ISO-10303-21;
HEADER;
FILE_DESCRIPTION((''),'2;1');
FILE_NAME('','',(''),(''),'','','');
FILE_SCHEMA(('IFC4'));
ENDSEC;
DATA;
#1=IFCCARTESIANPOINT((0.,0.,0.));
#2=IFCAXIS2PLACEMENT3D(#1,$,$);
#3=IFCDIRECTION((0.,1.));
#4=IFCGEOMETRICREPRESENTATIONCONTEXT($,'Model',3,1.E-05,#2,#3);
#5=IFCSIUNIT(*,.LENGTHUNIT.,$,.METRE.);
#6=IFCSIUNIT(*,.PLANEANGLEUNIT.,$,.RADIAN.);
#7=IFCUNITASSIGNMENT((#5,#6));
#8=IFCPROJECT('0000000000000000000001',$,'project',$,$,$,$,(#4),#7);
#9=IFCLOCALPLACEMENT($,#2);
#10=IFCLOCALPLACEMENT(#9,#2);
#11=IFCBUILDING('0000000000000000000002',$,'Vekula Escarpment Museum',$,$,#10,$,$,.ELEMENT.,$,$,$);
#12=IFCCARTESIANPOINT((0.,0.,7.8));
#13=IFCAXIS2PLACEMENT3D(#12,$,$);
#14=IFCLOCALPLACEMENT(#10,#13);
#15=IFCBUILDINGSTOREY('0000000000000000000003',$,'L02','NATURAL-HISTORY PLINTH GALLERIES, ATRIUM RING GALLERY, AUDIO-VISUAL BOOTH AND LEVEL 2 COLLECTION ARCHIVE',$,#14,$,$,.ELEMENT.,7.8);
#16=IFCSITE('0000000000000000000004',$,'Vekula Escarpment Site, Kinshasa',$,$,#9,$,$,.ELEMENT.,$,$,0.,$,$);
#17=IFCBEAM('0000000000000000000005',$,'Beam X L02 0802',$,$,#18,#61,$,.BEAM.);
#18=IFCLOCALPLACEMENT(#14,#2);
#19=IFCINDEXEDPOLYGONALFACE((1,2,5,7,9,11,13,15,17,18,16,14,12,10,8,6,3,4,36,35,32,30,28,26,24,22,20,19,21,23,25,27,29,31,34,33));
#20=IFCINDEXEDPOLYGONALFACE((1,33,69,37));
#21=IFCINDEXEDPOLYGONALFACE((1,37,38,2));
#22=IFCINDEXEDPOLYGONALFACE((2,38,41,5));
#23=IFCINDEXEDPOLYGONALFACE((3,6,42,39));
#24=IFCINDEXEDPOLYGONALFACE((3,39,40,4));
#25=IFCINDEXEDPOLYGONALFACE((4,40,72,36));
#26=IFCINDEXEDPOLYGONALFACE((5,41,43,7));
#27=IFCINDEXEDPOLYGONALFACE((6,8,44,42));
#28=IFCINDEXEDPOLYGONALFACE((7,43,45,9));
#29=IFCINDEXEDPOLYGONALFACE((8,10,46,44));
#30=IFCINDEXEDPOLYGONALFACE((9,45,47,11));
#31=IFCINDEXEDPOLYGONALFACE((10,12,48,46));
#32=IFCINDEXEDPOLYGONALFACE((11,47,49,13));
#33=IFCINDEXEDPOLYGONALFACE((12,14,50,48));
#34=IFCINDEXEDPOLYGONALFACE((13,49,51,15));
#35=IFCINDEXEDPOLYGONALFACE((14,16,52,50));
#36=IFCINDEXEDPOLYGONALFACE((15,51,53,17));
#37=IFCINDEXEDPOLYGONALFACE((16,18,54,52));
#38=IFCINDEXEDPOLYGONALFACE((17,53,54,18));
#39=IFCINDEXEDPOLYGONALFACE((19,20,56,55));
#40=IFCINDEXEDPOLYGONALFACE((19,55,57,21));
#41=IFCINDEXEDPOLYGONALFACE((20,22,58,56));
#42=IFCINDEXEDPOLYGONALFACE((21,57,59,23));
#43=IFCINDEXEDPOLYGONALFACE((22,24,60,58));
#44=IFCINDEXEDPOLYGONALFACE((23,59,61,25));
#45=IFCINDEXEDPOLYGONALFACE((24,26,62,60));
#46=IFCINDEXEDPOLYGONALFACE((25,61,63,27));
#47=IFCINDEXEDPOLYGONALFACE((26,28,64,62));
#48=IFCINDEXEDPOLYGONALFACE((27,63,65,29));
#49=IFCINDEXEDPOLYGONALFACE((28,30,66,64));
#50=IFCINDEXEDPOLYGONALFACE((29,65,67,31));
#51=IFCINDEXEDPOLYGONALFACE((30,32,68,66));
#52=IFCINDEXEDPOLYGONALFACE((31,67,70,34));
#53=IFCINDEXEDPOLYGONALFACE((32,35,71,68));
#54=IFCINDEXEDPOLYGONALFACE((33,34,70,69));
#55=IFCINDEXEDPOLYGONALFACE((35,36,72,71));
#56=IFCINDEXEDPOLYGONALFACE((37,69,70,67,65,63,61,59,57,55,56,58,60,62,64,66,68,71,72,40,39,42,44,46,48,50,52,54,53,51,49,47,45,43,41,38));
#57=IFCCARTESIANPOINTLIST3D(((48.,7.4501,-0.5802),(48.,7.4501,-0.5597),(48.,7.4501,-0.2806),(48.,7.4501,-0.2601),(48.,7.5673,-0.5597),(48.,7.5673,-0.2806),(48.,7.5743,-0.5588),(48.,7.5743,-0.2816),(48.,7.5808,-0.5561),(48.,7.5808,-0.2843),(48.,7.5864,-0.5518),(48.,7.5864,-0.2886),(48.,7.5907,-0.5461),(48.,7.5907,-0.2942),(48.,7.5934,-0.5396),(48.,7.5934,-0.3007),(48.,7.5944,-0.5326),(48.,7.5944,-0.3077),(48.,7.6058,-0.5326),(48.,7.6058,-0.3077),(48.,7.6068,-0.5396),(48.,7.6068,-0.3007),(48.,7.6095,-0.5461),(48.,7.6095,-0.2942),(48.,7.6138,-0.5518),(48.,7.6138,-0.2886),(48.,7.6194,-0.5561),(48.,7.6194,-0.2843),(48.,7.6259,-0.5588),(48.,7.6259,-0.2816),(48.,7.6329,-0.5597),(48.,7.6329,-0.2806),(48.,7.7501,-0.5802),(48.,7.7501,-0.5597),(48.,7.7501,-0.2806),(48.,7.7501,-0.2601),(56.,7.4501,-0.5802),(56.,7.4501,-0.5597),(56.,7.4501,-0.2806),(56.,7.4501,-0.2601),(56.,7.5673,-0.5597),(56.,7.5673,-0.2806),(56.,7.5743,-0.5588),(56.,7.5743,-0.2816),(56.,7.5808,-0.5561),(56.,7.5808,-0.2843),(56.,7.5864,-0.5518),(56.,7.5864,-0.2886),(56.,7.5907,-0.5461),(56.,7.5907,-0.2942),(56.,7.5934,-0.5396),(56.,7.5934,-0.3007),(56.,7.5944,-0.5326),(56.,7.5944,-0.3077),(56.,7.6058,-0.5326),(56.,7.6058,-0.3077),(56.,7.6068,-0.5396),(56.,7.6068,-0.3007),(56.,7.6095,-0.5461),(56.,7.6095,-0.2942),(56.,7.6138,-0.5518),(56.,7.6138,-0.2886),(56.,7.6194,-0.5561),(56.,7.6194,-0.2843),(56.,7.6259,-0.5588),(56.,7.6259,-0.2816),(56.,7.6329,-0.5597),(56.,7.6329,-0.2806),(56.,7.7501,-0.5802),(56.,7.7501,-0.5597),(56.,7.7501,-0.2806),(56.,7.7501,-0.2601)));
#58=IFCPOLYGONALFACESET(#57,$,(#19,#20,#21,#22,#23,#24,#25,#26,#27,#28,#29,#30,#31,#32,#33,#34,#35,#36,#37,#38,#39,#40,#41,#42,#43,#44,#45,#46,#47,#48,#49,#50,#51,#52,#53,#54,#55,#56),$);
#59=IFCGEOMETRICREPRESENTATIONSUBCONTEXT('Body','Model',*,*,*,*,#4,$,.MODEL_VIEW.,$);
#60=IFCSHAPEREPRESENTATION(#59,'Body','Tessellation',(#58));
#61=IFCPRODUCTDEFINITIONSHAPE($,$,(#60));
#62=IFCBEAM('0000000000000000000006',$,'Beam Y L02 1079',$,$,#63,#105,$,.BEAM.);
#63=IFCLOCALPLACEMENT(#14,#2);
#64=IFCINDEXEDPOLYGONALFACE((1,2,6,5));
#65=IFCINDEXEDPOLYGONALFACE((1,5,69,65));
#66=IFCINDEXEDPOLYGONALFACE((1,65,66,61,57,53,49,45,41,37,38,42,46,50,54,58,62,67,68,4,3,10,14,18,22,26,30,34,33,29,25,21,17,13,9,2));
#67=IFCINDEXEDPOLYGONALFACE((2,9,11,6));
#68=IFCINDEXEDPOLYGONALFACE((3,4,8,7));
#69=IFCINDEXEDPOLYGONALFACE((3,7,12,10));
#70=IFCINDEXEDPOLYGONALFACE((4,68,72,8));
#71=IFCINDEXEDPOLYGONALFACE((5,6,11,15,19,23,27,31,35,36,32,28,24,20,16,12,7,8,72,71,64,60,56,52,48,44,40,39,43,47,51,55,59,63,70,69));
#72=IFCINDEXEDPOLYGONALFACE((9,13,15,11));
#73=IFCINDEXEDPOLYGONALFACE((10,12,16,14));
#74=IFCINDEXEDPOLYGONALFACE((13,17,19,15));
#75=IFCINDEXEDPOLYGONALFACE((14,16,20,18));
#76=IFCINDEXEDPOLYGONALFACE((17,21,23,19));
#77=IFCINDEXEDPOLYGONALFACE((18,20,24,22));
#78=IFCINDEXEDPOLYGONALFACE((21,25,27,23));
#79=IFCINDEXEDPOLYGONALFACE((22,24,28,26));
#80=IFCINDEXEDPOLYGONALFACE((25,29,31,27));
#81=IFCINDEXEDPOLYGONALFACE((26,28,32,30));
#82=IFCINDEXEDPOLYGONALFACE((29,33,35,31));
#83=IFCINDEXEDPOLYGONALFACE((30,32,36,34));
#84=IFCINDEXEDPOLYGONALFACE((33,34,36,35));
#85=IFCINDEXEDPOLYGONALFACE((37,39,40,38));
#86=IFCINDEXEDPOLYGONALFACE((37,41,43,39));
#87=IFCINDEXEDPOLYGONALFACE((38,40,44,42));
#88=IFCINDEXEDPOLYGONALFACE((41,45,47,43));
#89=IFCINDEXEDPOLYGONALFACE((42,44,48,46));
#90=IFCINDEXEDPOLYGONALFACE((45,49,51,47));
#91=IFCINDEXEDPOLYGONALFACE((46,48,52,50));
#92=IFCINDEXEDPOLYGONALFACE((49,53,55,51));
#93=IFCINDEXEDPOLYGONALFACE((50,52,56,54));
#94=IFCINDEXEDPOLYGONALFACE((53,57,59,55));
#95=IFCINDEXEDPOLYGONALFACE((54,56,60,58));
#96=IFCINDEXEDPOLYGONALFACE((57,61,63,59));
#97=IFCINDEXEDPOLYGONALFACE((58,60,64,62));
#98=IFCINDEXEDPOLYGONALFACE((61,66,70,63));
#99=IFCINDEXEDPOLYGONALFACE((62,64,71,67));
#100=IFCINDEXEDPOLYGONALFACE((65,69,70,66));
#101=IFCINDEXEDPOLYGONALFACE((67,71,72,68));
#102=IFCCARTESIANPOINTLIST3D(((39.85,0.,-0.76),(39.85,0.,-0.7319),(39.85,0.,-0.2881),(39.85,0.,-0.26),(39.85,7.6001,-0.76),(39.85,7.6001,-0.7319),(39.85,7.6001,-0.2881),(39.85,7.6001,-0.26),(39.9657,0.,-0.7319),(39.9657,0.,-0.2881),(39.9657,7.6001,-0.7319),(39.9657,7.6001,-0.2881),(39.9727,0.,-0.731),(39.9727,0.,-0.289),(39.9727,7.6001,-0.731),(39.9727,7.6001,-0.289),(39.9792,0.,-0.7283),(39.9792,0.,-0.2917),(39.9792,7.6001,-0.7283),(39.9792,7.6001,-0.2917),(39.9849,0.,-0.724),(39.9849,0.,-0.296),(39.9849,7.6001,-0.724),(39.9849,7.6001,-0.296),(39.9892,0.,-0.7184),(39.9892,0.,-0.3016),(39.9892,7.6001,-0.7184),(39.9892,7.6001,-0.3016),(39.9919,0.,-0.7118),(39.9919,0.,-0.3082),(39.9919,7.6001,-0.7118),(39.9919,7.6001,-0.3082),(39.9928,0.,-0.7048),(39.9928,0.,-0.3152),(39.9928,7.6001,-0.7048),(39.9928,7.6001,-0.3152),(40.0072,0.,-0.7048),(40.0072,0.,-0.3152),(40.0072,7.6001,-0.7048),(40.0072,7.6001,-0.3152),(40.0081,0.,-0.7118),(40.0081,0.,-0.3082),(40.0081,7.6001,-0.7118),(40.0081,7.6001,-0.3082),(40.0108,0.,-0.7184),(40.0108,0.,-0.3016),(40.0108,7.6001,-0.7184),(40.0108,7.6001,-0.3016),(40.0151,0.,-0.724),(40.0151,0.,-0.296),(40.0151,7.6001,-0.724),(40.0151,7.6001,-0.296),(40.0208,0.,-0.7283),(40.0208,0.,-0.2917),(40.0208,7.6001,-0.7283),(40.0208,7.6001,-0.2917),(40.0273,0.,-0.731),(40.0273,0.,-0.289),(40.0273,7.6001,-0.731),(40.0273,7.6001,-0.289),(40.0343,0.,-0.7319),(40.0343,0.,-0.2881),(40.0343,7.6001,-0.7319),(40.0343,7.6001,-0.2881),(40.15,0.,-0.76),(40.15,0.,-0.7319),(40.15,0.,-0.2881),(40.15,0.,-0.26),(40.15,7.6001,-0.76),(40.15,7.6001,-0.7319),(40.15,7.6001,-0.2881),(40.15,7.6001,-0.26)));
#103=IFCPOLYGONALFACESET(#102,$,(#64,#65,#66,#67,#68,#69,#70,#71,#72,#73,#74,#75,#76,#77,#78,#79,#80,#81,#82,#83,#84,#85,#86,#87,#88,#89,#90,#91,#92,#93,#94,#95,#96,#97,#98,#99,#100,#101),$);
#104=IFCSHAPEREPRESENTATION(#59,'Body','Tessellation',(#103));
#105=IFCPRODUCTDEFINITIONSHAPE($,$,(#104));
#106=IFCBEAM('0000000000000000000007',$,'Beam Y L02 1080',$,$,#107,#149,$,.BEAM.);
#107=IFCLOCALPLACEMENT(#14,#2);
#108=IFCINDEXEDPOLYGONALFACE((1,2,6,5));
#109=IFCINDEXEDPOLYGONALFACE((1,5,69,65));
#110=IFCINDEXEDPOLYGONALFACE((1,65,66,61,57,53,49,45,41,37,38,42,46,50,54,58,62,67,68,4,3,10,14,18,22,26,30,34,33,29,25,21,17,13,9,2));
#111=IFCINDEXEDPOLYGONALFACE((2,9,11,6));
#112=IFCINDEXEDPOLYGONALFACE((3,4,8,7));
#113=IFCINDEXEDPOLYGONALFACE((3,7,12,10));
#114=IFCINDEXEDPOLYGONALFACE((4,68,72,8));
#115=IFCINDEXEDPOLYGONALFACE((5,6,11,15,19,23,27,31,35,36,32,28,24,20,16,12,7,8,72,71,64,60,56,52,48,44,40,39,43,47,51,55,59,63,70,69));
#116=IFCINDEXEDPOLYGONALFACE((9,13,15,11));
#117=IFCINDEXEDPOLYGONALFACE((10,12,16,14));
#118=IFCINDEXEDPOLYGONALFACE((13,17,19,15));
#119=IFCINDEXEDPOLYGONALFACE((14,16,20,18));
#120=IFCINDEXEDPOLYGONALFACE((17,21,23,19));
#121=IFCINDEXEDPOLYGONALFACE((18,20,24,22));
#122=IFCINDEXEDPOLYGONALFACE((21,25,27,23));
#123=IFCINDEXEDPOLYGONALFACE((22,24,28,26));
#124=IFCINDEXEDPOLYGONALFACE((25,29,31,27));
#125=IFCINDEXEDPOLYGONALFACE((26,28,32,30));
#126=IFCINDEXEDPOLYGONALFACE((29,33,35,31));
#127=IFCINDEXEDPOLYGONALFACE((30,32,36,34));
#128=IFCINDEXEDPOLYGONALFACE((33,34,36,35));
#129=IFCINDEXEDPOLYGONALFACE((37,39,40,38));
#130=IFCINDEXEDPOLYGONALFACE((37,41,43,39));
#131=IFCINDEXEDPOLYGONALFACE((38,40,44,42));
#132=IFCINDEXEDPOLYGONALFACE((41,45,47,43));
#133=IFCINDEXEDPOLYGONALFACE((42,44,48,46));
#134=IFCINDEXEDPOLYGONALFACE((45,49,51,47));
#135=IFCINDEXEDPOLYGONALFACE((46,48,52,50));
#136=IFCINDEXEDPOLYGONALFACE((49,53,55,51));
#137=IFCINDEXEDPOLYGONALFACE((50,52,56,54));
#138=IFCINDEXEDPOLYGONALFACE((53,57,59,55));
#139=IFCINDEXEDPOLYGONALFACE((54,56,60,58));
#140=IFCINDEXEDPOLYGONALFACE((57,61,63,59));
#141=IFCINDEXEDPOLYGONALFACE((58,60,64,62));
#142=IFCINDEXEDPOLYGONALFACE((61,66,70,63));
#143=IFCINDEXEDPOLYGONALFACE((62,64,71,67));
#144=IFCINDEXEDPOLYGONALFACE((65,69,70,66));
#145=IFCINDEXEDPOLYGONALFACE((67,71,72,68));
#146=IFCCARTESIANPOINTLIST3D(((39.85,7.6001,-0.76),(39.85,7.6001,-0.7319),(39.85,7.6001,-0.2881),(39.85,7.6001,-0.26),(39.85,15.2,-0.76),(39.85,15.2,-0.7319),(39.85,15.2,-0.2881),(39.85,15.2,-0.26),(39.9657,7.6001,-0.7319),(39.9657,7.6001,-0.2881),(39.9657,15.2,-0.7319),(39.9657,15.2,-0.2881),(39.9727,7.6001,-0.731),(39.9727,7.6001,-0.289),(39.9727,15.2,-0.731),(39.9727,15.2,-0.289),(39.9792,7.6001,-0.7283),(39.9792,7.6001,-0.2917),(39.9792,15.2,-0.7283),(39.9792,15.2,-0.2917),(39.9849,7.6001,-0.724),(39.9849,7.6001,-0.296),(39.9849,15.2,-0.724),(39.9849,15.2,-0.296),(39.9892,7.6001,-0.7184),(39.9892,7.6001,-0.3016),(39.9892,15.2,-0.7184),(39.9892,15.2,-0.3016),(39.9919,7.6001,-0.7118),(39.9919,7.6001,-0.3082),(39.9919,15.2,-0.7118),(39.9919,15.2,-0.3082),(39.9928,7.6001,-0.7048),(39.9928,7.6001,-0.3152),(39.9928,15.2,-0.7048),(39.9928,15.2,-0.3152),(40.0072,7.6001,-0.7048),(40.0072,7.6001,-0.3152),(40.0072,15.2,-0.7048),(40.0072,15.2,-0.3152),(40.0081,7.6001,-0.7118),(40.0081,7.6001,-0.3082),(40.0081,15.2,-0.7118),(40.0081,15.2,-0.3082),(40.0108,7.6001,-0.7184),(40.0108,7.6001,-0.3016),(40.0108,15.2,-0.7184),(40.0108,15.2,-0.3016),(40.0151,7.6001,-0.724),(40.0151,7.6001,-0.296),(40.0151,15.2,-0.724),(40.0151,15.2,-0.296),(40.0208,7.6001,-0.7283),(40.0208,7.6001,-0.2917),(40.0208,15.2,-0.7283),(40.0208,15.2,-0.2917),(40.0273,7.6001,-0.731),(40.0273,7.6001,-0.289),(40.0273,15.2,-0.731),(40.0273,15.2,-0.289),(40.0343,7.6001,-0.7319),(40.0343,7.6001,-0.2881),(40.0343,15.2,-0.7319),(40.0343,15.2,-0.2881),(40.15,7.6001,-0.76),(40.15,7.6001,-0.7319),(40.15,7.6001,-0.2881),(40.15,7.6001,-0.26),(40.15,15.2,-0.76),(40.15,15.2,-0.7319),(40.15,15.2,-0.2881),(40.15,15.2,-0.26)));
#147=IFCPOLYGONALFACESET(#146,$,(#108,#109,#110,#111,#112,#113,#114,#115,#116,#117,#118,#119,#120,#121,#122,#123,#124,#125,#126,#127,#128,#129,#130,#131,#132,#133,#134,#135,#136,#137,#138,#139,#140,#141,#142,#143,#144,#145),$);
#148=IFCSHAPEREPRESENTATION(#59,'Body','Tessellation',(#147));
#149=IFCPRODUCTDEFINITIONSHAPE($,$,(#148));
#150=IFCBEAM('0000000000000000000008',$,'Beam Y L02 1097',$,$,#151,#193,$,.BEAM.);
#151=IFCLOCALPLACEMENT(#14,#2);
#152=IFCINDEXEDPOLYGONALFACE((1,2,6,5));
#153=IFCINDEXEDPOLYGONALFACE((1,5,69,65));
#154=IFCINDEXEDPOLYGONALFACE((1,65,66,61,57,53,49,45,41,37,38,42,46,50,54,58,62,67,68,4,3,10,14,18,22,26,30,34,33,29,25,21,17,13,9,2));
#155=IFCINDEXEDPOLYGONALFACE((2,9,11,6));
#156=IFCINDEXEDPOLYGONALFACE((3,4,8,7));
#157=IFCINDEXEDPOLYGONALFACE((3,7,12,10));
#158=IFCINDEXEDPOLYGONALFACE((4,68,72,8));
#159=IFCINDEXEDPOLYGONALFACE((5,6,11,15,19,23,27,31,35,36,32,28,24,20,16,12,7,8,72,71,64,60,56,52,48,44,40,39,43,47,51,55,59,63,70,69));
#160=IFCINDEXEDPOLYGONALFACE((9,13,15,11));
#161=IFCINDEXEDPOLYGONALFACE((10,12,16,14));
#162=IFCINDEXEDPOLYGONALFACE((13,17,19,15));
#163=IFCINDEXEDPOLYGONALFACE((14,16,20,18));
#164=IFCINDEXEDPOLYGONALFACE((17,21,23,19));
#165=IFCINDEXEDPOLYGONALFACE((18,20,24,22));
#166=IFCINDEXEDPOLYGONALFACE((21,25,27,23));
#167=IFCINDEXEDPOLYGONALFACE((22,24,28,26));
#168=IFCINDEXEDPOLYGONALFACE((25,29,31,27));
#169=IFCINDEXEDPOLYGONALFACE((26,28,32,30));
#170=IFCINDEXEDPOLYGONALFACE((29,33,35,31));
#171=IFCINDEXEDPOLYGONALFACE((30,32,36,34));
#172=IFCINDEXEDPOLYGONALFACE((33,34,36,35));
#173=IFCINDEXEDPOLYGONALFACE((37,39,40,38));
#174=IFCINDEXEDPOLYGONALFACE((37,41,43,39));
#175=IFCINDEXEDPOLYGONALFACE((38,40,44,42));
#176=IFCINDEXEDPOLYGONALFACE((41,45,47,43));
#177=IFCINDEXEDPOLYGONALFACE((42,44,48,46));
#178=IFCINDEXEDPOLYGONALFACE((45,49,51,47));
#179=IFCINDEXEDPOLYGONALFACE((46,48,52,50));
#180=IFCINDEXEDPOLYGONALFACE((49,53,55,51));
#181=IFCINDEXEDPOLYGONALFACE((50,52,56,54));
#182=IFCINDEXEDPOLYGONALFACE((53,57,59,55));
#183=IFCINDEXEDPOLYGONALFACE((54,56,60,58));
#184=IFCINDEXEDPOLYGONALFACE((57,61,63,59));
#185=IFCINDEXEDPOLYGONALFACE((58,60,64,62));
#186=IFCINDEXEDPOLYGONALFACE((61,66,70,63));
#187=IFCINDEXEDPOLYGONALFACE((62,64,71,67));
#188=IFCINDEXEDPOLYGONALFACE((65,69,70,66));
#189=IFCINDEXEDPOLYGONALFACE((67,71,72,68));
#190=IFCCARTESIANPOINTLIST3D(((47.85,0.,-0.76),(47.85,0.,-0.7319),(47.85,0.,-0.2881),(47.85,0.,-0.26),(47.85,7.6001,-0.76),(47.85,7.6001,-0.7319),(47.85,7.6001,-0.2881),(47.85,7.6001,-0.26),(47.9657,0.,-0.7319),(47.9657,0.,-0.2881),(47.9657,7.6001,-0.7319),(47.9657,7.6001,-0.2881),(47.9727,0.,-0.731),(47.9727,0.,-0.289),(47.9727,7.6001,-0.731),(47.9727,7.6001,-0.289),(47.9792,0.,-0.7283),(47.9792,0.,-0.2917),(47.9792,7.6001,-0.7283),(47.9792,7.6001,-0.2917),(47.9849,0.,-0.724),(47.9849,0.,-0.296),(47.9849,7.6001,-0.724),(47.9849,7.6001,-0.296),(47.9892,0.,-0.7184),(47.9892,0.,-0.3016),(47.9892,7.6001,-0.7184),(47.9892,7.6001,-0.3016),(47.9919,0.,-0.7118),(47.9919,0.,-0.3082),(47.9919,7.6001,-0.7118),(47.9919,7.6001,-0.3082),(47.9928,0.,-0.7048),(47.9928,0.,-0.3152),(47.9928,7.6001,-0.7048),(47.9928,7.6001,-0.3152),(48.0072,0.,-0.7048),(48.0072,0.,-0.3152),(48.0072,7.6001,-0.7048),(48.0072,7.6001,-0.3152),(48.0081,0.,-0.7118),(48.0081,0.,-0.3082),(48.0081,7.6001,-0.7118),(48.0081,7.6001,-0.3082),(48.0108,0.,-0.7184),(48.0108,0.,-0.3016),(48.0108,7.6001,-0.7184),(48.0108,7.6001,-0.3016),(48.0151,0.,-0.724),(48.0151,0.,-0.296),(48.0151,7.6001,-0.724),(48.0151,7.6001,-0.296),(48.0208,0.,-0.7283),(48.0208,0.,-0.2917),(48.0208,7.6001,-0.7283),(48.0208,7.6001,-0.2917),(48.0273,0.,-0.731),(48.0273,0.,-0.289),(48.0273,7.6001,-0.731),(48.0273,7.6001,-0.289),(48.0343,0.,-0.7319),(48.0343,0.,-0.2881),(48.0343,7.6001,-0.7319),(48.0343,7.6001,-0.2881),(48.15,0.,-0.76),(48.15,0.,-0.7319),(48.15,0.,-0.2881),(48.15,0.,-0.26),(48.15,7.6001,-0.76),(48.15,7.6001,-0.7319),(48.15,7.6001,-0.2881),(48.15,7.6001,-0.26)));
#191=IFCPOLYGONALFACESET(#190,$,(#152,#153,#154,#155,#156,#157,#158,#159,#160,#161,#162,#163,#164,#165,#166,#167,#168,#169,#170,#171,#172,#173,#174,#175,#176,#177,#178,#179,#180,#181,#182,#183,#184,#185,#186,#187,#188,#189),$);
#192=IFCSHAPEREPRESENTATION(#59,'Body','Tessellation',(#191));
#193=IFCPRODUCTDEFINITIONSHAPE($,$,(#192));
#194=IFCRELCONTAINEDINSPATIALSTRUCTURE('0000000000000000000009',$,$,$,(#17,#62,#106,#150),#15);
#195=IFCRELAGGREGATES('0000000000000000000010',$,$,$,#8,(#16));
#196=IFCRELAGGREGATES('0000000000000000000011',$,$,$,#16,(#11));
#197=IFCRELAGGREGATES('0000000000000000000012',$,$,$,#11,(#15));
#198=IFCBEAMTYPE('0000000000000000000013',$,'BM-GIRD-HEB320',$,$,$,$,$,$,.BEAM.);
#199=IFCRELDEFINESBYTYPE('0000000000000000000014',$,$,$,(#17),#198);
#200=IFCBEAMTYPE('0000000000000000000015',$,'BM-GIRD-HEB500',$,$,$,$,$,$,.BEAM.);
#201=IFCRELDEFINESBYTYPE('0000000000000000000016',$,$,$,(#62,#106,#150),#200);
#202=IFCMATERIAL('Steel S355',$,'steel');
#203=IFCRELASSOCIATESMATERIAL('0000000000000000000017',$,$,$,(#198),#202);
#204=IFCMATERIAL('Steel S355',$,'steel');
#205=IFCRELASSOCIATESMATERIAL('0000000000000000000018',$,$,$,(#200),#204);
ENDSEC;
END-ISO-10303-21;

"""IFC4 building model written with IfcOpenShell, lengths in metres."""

from ifc_helpers import new_model, si_unit, direction, frame, origin, origin_2d, place, context, subcontext, project, spatial, i_section, extrude, material, material_profile, profile_set, type_object, element, save


model = new_model("IFC4")

# Units and contexts
model_context = context("Model", 3, precision=1e-05, world=origin(), true_north=direction((0.0, 1.0)))
body_context = subcontext(model_context, "Body", "Model", "MODEL_VIEW")
ifc_project = project(units=[si_unit("LENGTHUNIT", "METRE"), si_unit("PLANEANGLEUNIT", "RADIAN")], contexts=[model_context])

# Site, building, storey
site_placement = place(None, origin())
site = spatial("IfcSite", under=ifc_project, at=site_placement, Name="Vekula Escarpment Site, Kinshasa", CompositionType="ELEMENT", RefElevation=0.0)
building_placement = place(site_placement, origin())
building = spatial("IfcBuilding", under=site, at=building_placement, Name="Vekula Escarpment Museum", CompositionType="ELEMENT")
storey_placement = place(building_placement, frame((0.0, 0.0, 7.8)))
storey = spatial("IfcBuildingStorey", under=building, at=storey_placement, Name="L02", Description="NATURAL-HISTORY PLINTH GALLERIES, ATRIUM RING GALLERY, AUDIO-VISUAL BOOTH AND LEVEL 2 COLLECTION ARCHIVE", CompositionType="ELEMENT", Elevation=7.8)

# Beams
ifc_material_1 = material(Name="Steel S355", Category="steel")
ifc_material_profile_1 = material_profile(ifc_material_1, i_section(OverallWidth=0.3, OverallDepth=0.3201, WebThickness=0.0115, FlangeThickness=0.0205, FilletRadius=0.0271, at=origin_2d()), Name="HEB 320")
ifc_profile_set_1 = profile_set([ifc_material_profile_1], Name="Steel S355")
beam_type_1 = type_object("IfcBeamType", Name="BM-GIRD-HEB320", PredefinedType="BEAM", material=ifc_profile_set_1)
beam_1_placement = place(storey_placement, frame((48.0, 7.6001, -0.4202), z_axis=(1.0, 0.0, 0.0), x_axis=(0.0, 1.0, 0.0)))
element("IfcBeam", 1, at=beam_1_placement, inside=storey, type_object=beam_type_1, Name="Beam X L02 0802", PredefinedType="BEAM", context=body_context, shape_type="SweptSolid", body=[
    extrude(i_section(OverallWidth=0.3, OverallDepth=0.3201, WebThickness=0.0115, FlangeThickness=0.0205, FilletRadius=0.0271, at=origin_2d()), origin(), (0.0, 0.0, 1.0), 8.0),
])
ifc_material_2 = material(Name="Steel S355", Category="steel")
ifc_material_profile_2 = material_profile(ifc_material_2, i_section(OverallWidth=0.3, OverallDepth=0.5, WebThickness=0.0144, FlangeThickness=0.0281, FilletRadius=0.0271, at=origin_2d()), Name="HEB 500")
ifc_profile_set_2 = profile_set([ifc_material_profile_2], Name="Steel S355")
beam_type_2 = type_object("IfcBeamType", Name="BM-GIRD-HEB500", PredefinedType="BEAM", material=ifc_profile_set_2)
beam_2_placement = place(storey_placement, frame((40.0, 0.0, -0.51), z_axis=(0.0, 1.0, 0.0), x_axis=(-1.0, 0.0, 0.0)))
element("IfcBeam", 2, at=beam_2_placement, inside=storey, type_object=beam_type_2, Name="Beam Y L02 1079", PredefinedType="BEAM", context=body_context, shape_type="SweptSolid", body=[
    extrude(i_section(OverallWidth=0.3, OverallDepth=0.5, WebThickness=0.0144, FlangeThickness=0.0281, FilletRadius=0.0271, at=origin_2d()), origin(), (0.0, 0.0, 1.0), 7.6001),
])
beam_3_placement = place(storey_placement, frame((40.0, 7.6001, -0.51), z_axis=(0.0, 1.0, 0.0), x_axis=(-1.0, 0.0, 0.0)))
element("IfcBeam", 3, at=beam_3_placement, inside=storey, type_object=beam_type_2, Name="Beam Y L02 1080", PredefinedType="BEAM", context=body_context, shape_type="SweptSolid", body=[
    extrude(i_section(OverallWidth=0.3, OverallDepth=0.5, WebThickness=0.0144, FlangeThickness=0.0281, FilletRadius=0.0271, at=origin_2d()), origin(), (0.0, 0.0, 1.0), 7.5999),
])
beam_4_placement = place(storey_placement, frame((48.0, 0.0, -0.51), z_axis=(0.0, 1.0, 0.0), x_axis=(-1.0, 0.0, 0.0)))
element("IfcBeam", 4, at=beam_4_placement, inside=storey, type_object=beam_type_2, Name="Beam Y L02 1097", PredefinedType="BEAM", context=body_context, shape_type="SweptSolid", body=[
    extrude(i_section(OverallWidth=0.3, OverallDepth=0.5, WebThickness=0.0144, FlangeThickness=0.0281, FilletRadius=0.0271, at=origin_2d()), origin(), (0.0, 0.0, 1.0), 7.6001),
])

save(model, "model.ifc")
